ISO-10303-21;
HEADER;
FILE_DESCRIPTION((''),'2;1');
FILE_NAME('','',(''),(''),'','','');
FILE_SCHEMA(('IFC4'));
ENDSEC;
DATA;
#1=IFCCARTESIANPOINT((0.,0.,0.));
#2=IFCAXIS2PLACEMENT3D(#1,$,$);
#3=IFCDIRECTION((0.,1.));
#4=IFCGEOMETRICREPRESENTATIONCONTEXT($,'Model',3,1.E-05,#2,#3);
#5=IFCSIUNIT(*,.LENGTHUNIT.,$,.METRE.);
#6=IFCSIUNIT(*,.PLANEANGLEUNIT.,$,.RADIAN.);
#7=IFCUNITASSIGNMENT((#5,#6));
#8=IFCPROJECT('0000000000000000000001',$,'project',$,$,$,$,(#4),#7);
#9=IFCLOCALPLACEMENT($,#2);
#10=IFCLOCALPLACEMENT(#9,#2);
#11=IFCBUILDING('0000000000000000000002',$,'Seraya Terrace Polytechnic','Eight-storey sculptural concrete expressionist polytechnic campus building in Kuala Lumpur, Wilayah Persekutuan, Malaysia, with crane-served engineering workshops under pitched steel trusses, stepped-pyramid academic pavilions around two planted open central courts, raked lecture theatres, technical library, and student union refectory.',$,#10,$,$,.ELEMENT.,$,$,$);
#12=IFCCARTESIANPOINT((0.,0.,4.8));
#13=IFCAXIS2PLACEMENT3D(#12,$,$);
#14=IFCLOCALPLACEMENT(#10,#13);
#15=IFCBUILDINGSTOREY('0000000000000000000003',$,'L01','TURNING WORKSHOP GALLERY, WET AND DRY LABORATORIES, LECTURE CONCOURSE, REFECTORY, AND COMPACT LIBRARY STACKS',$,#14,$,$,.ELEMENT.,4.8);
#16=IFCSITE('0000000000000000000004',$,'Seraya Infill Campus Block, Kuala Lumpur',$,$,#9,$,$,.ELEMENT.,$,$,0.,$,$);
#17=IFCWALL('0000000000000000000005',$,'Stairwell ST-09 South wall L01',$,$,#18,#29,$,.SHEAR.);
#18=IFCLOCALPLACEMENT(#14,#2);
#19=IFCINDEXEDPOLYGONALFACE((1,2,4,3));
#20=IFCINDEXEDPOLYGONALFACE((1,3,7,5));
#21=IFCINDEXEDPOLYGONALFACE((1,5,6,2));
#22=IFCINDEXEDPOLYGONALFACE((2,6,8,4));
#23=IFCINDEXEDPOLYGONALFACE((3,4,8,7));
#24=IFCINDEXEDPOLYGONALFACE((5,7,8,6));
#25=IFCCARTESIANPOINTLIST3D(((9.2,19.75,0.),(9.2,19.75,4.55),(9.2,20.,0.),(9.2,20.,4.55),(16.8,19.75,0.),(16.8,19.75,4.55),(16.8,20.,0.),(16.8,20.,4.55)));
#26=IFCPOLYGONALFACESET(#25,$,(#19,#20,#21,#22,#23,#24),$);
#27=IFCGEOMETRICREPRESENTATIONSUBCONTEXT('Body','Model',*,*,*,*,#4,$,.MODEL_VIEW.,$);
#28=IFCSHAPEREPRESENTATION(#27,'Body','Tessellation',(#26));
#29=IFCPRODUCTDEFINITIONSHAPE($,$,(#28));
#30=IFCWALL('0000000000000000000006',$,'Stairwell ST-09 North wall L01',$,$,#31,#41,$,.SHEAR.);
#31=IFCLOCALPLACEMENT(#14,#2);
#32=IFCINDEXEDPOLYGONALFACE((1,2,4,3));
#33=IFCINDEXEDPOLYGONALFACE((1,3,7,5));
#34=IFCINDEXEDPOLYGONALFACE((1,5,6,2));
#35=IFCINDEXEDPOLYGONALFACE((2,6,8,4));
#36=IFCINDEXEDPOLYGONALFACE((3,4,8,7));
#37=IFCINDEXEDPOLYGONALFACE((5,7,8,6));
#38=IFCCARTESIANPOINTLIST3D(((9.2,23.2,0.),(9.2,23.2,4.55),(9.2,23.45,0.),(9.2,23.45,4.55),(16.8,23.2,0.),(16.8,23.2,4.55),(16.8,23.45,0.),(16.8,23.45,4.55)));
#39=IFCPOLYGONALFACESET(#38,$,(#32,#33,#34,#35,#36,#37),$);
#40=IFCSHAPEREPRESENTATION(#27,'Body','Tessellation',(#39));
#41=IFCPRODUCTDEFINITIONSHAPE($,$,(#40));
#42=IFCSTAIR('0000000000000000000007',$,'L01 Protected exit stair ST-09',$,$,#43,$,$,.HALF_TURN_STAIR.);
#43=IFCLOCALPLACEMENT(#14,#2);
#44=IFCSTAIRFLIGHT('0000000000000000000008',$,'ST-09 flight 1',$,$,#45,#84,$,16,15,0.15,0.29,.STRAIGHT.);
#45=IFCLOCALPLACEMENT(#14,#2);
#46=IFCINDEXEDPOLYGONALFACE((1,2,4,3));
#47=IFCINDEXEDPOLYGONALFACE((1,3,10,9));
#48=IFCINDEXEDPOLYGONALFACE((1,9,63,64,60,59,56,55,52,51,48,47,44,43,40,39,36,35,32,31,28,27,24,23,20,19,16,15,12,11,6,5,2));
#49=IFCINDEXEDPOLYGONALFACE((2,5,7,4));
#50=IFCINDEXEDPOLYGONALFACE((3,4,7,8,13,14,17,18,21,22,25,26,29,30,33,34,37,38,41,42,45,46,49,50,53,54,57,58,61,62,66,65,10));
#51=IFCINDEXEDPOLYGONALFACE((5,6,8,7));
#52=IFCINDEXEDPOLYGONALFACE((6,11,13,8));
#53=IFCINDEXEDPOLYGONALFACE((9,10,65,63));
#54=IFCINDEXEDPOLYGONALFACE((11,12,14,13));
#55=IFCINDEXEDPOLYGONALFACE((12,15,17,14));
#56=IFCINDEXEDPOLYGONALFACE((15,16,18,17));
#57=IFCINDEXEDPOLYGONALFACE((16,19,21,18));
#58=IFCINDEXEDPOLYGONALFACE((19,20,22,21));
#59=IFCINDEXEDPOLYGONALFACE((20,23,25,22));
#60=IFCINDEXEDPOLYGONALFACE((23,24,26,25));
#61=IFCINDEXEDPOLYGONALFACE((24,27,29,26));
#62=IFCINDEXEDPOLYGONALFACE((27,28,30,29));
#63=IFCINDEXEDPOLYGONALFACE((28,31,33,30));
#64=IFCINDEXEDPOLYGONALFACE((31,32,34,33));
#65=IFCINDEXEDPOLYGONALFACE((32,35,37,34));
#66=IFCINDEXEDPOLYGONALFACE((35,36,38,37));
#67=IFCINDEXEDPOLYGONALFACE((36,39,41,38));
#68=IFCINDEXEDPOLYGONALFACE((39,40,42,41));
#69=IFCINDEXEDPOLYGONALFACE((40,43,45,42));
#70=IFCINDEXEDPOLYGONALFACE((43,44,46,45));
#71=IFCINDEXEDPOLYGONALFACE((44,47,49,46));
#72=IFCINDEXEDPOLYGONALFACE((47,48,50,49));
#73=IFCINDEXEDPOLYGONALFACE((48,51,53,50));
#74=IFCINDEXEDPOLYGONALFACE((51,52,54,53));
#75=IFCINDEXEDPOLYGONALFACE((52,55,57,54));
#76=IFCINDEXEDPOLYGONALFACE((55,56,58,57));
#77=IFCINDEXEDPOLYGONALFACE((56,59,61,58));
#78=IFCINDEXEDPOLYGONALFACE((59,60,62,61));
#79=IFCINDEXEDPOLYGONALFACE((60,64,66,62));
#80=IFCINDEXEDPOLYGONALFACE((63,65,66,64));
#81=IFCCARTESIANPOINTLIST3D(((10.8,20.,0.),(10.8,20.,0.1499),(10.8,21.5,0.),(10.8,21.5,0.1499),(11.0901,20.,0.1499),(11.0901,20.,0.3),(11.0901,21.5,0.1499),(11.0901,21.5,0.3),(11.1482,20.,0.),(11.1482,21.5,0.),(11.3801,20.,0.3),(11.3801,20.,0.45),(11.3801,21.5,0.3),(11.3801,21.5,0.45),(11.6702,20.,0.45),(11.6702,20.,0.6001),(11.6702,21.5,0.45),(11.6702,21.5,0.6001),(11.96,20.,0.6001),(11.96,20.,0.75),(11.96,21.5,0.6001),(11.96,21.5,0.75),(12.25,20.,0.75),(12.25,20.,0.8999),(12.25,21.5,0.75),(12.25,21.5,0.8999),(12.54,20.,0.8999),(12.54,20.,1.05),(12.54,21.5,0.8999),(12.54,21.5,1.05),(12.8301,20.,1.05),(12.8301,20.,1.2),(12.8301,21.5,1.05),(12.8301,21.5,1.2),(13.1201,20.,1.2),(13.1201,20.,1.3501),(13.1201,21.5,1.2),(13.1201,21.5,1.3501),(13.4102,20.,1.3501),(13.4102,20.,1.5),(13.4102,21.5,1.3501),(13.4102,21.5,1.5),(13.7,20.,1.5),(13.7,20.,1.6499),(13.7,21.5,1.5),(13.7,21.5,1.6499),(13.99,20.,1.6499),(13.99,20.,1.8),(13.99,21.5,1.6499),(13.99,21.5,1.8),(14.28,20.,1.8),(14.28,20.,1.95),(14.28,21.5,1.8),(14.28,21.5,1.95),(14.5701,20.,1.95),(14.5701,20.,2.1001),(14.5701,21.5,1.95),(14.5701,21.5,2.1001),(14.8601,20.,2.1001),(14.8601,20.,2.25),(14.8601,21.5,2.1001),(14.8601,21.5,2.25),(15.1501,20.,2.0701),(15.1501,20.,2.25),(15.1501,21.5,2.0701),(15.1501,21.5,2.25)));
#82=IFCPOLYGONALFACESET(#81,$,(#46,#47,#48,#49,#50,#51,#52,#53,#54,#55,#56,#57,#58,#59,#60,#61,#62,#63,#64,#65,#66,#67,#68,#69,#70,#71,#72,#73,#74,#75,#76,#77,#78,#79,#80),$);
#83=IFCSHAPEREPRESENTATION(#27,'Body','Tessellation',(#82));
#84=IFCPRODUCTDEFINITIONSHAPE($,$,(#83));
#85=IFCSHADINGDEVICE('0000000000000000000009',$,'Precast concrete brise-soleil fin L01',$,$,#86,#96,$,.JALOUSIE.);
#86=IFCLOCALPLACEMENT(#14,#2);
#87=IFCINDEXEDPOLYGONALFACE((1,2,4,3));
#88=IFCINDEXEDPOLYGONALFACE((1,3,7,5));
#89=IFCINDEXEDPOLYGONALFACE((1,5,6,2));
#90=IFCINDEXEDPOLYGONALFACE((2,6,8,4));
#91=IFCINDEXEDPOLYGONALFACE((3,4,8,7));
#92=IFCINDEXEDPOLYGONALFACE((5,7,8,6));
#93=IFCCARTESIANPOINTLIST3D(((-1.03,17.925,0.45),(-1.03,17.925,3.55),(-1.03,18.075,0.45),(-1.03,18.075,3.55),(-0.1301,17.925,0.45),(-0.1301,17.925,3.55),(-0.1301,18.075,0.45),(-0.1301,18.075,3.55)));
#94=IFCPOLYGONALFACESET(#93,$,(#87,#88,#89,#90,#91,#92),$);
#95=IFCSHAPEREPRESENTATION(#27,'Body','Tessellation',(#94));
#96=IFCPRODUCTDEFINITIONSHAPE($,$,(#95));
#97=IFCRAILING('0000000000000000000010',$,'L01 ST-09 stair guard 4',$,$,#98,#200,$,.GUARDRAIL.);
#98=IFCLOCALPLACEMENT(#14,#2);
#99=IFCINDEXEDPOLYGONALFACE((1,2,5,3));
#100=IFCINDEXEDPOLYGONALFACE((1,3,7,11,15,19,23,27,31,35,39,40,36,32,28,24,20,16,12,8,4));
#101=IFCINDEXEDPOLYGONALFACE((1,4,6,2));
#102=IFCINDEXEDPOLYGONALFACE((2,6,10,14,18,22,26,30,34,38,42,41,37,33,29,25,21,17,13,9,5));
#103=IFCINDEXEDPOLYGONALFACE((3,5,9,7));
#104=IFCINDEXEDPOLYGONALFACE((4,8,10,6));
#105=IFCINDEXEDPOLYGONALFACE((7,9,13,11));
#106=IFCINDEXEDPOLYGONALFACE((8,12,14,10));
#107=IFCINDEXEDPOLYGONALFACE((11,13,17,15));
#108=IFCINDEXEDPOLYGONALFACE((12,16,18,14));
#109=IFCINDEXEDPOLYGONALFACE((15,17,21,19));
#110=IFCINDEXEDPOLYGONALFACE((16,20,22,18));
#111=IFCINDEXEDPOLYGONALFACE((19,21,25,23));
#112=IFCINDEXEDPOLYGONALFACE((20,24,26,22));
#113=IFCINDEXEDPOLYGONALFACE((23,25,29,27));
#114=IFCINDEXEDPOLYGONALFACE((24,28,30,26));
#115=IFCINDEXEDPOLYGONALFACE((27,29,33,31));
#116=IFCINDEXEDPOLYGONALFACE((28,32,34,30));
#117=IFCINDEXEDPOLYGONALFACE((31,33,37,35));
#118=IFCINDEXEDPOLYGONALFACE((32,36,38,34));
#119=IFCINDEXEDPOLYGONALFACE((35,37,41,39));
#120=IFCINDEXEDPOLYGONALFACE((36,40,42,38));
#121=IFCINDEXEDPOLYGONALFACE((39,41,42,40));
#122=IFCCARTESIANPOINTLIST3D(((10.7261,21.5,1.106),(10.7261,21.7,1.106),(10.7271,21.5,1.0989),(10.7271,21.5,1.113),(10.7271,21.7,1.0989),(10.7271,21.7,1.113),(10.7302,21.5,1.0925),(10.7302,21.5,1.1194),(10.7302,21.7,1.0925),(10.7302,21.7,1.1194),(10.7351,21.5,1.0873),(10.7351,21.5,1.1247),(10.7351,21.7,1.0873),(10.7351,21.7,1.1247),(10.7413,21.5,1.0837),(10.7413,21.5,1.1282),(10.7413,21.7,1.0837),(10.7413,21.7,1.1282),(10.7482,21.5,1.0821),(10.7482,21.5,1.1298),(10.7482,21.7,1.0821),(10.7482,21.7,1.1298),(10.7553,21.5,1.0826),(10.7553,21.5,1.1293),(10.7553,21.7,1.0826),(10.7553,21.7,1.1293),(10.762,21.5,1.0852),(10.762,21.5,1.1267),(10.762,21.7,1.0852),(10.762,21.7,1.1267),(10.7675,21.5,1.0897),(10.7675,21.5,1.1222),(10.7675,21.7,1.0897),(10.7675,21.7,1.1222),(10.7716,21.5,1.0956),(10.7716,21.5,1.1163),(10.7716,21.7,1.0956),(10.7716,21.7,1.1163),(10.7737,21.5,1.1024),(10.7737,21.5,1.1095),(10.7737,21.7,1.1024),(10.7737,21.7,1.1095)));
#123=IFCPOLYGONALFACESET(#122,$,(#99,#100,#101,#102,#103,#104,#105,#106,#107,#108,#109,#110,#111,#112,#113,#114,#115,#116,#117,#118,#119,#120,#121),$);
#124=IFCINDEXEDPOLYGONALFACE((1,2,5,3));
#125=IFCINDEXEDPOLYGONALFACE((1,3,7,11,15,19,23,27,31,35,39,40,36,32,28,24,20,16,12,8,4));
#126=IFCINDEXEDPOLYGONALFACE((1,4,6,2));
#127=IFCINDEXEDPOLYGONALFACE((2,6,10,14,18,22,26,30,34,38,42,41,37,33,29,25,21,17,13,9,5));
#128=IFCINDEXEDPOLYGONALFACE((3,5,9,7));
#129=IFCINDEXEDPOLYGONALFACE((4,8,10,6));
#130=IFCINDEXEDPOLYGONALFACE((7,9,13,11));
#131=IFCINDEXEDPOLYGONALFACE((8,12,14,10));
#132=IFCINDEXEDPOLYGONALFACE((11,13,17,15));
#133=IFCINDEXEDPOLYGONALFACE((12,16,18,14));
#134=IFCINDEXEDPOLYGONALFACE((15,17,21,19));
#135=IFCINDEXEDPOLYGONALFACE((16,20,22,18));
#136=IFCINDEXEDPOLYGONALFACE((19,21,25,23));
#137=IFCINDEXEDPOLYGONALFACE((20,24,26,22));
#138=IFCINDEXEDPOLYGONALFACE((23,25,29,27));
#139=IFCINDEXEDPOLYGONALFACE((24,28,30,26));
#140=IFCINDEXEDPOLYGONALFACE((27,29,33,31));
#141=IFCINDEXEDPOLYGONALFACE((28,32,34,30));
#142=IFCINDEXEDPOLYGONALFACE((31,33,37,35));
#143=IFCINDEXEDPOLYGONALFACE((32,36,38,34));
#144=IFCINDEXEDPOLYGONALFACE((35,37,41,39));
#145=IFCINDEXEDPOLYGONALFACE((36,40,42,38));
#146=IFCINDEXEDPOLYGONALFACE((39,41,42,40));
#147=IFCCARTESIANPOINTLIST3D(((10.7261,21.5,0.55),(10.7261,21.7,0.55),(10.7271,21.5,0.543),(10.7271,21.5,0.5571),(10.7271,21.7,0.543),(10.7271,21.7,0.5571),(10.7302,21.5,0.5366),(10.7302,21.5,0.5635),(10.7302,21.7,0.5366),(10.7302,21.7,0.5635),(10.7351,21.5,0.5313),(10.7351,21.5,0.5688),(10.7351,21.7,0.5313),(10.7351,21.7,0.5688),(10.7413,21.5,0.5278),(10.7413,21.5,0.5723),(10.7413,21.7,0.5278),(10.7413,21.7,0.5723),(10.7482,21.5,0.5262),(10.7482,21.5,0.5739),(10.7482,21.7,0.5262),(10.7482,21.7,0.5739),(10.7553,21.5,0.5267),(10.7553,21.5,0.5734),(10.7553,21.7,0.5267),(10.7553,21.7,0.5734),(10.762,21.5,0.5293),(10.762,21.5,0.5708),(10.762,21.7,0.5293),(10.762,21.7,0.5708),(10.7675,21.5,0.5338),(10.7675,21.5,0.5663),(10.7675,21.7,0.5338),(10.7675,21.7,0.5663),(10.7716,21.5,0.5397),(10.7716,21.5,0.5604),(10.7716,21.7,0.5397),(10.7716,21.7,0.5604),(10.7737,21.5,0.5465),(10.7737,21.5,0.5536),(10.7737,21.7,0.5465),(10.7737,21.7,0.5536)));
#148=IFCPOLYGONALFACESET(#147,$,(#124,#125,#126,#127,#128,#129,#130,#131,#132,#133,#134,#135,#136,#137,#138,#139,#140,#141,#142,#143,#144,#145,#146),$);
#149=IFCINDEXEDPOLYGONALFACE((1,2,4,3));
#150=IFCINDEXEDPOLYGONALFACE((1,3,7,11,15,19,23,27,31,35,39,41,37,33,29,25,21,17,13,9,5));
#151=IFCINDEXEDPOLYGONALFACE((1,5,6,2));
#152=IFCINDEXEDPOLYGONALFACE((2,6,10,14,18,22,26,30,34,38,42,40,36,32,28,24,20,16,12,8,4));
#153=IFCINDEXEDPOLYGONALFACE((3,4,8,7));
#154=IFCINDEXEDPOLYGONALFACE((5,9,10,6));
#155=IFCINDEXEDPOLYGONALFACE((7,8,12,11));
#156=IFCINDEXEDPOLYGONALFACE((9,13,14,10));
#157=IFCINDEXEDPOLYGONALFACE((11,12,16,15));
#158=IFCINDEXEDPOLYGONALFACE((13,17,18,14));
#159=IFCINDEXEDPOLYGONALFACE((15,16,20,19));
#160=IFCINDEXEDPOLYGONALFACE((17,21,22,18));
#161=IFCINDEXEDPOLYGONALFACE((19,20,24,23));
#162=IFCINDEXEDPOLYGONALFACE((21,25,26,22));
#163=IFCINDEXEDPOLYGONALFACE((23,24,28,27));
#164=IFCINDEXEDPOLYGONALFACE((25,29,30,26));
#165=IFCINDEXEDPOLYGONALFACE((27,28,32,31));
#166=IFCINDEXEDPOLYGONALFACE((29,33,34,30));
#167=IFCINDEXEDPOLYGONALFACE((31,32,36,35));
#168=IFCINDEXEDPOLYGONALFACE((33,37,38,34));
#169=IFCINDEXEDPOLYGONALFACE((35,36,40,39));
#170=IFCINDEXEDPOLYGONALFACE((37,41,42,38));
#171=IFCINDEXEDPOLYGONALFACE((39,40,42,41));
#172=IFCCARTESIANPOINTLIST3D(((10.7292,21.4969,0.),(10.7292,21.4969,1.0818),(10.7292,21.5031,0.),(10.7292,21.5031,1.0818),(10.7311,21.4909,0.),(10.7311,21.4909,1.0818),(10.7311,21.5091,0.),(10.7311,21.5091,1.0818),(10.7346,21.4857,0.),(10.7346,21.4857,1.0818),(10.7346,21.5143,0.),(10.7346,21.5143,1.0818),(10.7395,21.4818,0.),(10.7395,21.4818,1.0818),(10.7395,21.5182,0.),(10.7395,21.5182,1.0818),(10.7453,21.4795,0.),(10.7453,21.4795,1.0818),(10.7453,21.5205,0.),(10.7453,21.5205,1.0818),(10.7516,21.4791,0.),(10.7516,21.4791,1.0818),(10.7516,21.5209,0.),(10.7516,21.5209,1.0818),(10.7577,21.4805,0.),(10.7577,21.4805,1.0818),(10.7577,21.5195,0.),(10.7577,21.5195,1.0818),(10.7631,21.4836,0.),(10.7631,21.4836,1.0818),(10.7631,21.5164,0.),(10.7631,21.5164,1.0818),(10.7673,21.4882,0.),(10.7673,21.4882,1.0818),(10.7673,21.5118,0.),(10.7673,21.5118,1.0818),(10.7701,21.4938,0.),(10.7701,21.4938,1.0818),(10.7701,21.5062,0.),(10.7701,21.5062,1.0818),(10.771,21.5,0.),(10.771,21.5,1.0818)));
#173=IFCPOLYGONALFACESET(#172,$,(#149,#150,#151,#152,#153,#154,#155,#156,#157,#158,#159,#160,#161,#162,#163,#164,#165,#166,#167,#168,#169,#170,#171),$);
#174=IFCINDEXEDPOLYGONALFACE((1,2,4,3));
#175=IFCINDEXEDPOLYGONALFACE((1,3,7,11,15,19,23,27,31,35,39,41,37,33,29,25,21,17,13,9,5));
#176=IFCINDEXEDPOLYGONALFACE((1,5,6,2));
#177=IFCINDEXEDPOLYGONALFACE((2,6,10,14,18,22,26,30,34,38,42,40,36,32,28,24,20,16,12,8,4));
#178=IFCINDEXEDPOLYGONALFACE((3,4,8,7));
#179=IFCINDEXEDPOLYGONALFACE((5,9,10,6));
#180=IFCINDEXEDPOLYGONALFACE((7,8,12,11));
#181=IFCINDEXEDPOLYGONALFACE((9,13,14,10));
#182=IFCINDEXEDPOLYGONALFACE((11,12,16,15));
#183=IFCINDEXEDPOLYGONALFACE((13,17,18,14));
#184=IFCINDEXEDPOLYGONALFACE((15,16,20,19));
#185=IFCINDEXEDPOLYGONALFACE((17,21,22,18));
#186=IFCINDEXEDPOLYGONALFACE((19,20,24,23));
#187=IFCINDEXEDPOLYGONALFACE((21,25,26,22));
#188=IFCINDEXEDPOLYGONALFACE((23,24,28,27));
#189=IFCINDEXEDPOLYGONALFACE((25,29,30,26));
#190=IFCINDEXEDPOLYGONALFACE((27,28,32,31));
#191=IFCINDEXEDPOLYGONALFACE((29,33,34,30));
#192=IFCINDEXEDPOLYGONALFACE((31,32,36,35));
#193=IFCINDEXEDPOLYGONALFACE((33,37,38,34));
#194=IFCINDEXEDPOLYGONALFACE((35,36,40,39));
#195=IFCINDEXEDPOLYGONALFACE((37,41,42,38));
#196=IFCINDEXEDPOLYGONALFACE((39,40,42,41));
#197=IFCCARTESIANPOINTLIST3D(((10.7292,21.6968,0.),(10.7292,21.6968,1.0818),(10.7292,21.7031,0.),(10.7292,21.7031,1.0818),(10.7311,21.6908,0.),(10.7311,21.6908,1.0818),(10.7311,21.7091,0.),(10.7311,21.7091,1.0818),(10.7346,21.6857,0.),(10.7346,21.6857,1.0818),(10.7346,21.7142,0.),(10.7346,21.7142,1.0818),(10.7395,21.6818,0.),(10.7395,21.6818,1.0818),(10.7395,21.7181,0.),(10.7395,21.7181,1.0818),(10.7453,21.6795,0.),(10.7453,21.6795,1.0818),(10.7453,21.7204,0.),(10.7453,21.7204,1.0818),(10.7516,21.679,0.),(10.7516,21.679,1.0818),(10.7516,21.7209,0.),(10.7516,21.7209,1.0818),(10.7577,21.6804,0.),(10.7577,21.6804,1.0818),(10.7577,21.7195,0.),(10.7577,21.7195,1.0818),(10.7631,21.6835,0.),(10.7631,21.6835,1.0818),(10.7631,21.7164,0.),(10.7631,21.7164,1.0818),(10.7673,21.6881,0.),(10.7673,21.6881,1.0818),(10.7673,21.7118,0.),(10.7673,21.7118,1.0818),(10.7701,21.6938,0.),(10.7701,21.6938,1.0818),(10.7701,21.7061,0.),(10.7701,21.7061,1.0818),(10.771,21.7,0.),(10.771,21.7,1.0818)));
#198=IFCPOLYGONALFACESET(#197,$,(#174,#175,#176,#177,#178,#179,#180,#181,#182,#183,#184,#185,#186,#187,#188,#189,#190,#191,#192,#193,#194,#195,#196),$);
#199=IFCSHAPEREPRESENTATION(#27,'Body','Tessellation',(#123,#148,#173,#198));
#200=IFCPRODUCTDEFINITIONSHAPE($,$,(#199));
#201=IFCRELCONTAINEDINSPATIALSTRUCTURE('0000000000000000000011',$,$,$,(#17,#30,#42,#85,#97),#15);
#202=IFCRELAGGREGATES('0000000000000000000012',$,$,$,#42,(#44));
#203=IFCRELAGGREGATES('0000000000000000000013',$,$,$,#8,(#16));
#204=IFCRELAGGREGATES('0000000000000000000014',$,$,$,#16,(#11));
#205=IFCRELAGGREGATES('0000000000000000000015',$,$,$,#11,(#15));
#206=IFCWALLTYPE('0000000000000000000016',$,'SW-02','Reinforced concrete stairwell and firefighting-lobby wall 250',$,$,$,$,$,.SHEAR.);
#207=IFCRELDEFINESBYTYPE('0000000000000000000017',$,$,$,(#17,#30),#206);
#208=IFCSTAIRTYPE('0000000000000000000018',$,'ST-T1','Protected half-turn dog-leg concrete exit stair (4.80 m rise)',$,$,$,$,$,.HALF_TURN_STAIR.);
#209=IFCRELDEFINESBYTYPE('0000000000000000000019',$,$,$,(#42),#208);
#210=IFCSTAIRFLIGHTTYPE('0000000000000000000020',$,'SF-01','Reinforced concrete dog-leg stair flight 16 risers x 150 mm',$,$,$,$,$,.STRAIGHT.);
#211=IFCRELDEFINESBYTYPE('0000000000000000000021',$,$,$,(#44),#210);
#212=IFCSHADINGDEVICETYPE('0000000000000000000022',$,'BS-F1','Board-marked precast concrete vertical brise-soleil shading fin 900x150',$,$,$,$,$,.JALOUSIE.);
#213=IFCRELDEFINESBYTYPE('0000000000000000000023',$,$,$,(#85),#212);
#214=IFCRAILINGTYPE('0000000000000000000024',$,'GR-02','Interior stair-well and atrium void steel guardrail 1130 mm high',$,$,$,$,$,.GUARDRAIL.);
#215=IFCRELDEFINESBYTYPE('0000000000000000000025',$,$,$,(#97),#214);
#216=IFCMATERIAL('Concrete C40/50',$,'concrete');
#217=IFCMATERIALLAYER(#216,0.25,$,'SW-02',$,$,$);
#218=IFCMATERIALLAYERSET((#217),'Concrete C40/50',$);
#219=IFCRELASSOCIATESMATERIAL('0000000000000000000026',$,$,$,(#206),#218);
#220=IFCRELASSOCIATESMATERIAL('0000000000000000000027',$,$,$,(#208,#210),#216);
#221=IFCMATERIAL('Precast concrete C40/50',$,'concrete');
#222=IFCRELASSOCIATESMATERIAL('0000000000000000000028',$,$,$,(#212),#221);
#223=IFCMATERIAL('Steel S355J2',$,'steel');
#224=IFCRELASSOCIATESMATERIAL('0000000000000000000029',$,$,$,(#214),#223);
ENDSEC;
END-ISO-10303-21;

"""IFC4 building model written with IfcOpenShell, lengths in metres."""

from ifc_helpers import new_model, si_unit, direction, frame, frame_2d, origin, origin_2d, place, context, subcontext, project, spatial, polyline, rectangle, circle, outline, extrude, material, layer, layer_set, type_object, element, aggregate, save


model = new_model("IFC4")

# Units and contexts
model_context = context("Model", 3, precision=1e-05, world=origin(), true_north=direction((0.0, 1.0)))
body_context = subcontext(model_context, "Body", "Model", "MODEL_VIEW")
ifc_project = project(units=[si_unit("LENGTHUNIT", "METRE"), si_unit("PLANEANGLEUNIT", "RADIAN")], contexts=[model_context])

# Site, building, storey
site_placement = place(None, origin())
site = spatial("IfcSite", under=ifc_project, at=site_placement, Name="Seraya Infill Campus Block, Kuala Lumpur", CompositionType="ELEMENT", RefElevation=0.0)
building_placement = place(site_placement, origin())
building = spatial("IfcBuilding", under=site, at=building_placement, Name="Seraya Terrace Polytechnic", Description="Eight-storey sculptural concrete expressionist polytechnic campus building in Kuala Lumpur, Wilayah Persekutuan, Malaysia, with crane-served engineering workshops under pitched steel trusses, stepped-pyramid academic pavilions around two planted open central courts, raked lecture theatres, technical library, and student union refectory.", CompositionType="ELEMENT")
storey_placement = place(building_placement, frame((0.0, 0.0, 4.8)))
storey = spatial("IfcBuildingStorey", under=building, at=storey_placement, Name="L01", Description="TURNING WORKSHOP GALLERY, WET AND DRY LABORATORIES, LECTURE CONCOURSE, REFECTORY, AND COMPACT LIBRARY STACKS", CompositionType="ELEMENT", Elevation=4.8)

# Shared definitions
ifc_material_1 = material(Name="Concrete C40/50", Category="concrete")

# Shared definitions
ifc_material_2 = material(Name="Precast concrete C40/50", Category="concrete")

# Shared definitions
ifc_layer_1 = layer(ifc_material_1, 0.25, Name="SW-02")
ifc_layer_set_1 = layer_set([ifc_layer_1], Name="Concrete C40/50")
wall_type_1 = type_object("IfcWallType", Name="SW-02", Description="Reinforced concrete stairwell and firefighting-lobby wall 250", PredefinedType="SHEAR", material=ifc_layer_set_1)
ifc_material_3 = material(Name="Steel S355J2", Category="steel")

# Walls
for number, where, z_axis, x_axis, name in (
    (1, (9.2, 19.875, 0.0), (0.0, 0.0, 1.0), (1.0, 0.0, 0.0), "Stairwell ST-09 South wall L01"),
    (2, (9.2, 23.325, 0.0), (0.0, 0.0, 1.0), (1.0, 0.0, 0.0), "Stairwell ST-09 North wall L01"),
):
    element("IfcWall", number, at=place(storey_placement, frame(where, z_axis=z_axis, x_axis=x_axis)), inside=storey, type_object=wall_type_1, Name=name, PredefinedType="SHEAR", context=body_context, shape_type="SweptSolid", body=[
        extrude(rectangle(XDim=7.6001, YDim=0.25, at=frame_2d((3.8, 0.0))), origin(), (0.0, 0.0, 1.0), 4.55),
    ])

# Stair, stair flight
stair_type = type_object("IfcStairType", Name="ST-T1", Description="Protected half-turn dog-leg concrete exit stair (4.80 m rise)", PredefinedType="HALF_TURN_STAIR", material=ifc_material_1)
stair_placement = place(storey_placement, origin())
stair = element("IfcStair", 3, at=stair_placement, inside=storey, type_object=stair_type, Name="L01 Protected exit stair ST-09", PredefinedType="HALF_TURN_STAIR")
stair_flight_type = type_object("IfcStairFlightType", Name="SF-01", Description="Reinforced concrete dog-leg stair flight 16 risers x 150 mm", PredefinedType="STRAIGHT", material=ifc_material_1)
stair_flight_placement = place(storey_placement, frame((10.8, 20.75, 0.0), z_axis=(0.0, 0.0, 1.0), x_axis=(1.0, 0.0, 0.0)))
stair_flight = element("IfcStairFlight", 4, at=stair_flight_placement, type_object=stair_flight_type, Name="ST-09 flight 1", NumberOfRisers=16, NumberOfTreads=15, PredefinedType="STRAIGHT", RiserHeight=0.15, TreadLength=0.29, context=body_context, shape_type="SweptSolid", body=[
    extrude(outline(polyline([(0.0, 0.0), (0.0, 0.1499), (0.29, 0.1499), (0.29, 0.3), (0.5801, 0.3), (0.5801, 0.45), (0.8701, 0.45), (0.8701, 0.6001), (1.1599, 0.6001), (1.1599, 0.75), (1.45, 0.75), (1.45, 0.8999), (1.74, 0.8999), (1.74, 1.05), (2.03, 1.05), (2.03, 1.2), (2.3201, 1.2), (2.3201, 1.3501), (2.6101, 1.3501), (2.6101, 1.5), (2.8999, 1.5), (2.8999, 1.6499), (3.1899, 1.6499), (3.1899, 1.8), (3.48, 1.8), (3.48, 1.95), (3.77, 1.95), (3.77, 2.1001), (4.0601, 2.1001), (4.0601, 2.25), (4.3501, 2.25), (4.3501, 2.3999), (4.3501, 2.0701), (0.3481, 0.0), (0.0, 0.0)])), frame((0.0, 0.75, 0.0), z_axis=(0.0, -1.0, 0.0), x_axis=(1.0, 0.0, 0.0)), (0.0, 0.0, 1.0), 1.5),
])
aggregate(stair, [stair_flight])

# Shading device
shading_device_type = type_object("IfcShadingDeviceType", Name="BS-F1", Description="Board-marked precast concrete vertical brise-soleil shading fin 900x150", PredefinedType="JALOUSIE", material=ifc_material_2)
shading_device_placement = place(storey_placement, frame((-0.5801, 18.0, 0.45), z_axis=(0.0, 0.0, 1.0), x_axis=(-1.0, 0.0, 0.0)))
element("IfcShadingDevice", 5, at=shading_device_placement, inside=storey, type_object=shading_device_type, Name="Precast concrete brise-soleil fin L01", PredefinedType="JALOUSIE", context=body_context, shape_type="SweptSolid", body=[
    extrude(rectangle(XDim=0.8999, YDim=0.1499, at=origin_2d()), origin(), (0.0, 0.0, 1.0), 3.1001),
])

# Railing
railing_type_1 = type_object("IfcRailingType", Name="GR-02", Description="Interior stair-well and atrium void steel guardrail 1130 mm high", PredefinedType="GUARDRAIL", material=ifc_material_3)
railing_1_placement = place(storey_placement, frame((10.75, 21.5, 0.0)))
element("IfcRailing", 6, at=railing_1_placement, inside=storey, type_object=railing_type_1, Name="L01 ST-09 stair guard 4", PredefinedType="GUARDRAIL", context=body_context, shape_type="SweptSolid", body=[
    extrude(circle(Radius=0.0239, at=origin_2d()), frame((0.0, 0.0, 1.106), z_axis=(0.0, 1.0, 0.0), x_axis=(-1.0, 0.0, 0.0)), (0.0, 0.0, 1.0), 0.2),
    extrude(circle(Radius=0.0239, at=origin_2d()), frame((0.0, 0.0, 0.55), z_axis=(0.0, 1.0, 0.0), x_axis=(-1.0, 0.0, 0.0)), (0.0, 0.0, 1.0), 0.2),
    extrude(circle(Radius=0.021, at=origin_2d()), origin(), (0.0, 0.0, 1.0), 1.0818),
    extrude(circle(Radius=0.021, at=origin_2d()), frame((0.0, 0.2, 0.0)), (0.0, 0.0, 1.0), 1.0818),
])

save(model, "model.ifc")
